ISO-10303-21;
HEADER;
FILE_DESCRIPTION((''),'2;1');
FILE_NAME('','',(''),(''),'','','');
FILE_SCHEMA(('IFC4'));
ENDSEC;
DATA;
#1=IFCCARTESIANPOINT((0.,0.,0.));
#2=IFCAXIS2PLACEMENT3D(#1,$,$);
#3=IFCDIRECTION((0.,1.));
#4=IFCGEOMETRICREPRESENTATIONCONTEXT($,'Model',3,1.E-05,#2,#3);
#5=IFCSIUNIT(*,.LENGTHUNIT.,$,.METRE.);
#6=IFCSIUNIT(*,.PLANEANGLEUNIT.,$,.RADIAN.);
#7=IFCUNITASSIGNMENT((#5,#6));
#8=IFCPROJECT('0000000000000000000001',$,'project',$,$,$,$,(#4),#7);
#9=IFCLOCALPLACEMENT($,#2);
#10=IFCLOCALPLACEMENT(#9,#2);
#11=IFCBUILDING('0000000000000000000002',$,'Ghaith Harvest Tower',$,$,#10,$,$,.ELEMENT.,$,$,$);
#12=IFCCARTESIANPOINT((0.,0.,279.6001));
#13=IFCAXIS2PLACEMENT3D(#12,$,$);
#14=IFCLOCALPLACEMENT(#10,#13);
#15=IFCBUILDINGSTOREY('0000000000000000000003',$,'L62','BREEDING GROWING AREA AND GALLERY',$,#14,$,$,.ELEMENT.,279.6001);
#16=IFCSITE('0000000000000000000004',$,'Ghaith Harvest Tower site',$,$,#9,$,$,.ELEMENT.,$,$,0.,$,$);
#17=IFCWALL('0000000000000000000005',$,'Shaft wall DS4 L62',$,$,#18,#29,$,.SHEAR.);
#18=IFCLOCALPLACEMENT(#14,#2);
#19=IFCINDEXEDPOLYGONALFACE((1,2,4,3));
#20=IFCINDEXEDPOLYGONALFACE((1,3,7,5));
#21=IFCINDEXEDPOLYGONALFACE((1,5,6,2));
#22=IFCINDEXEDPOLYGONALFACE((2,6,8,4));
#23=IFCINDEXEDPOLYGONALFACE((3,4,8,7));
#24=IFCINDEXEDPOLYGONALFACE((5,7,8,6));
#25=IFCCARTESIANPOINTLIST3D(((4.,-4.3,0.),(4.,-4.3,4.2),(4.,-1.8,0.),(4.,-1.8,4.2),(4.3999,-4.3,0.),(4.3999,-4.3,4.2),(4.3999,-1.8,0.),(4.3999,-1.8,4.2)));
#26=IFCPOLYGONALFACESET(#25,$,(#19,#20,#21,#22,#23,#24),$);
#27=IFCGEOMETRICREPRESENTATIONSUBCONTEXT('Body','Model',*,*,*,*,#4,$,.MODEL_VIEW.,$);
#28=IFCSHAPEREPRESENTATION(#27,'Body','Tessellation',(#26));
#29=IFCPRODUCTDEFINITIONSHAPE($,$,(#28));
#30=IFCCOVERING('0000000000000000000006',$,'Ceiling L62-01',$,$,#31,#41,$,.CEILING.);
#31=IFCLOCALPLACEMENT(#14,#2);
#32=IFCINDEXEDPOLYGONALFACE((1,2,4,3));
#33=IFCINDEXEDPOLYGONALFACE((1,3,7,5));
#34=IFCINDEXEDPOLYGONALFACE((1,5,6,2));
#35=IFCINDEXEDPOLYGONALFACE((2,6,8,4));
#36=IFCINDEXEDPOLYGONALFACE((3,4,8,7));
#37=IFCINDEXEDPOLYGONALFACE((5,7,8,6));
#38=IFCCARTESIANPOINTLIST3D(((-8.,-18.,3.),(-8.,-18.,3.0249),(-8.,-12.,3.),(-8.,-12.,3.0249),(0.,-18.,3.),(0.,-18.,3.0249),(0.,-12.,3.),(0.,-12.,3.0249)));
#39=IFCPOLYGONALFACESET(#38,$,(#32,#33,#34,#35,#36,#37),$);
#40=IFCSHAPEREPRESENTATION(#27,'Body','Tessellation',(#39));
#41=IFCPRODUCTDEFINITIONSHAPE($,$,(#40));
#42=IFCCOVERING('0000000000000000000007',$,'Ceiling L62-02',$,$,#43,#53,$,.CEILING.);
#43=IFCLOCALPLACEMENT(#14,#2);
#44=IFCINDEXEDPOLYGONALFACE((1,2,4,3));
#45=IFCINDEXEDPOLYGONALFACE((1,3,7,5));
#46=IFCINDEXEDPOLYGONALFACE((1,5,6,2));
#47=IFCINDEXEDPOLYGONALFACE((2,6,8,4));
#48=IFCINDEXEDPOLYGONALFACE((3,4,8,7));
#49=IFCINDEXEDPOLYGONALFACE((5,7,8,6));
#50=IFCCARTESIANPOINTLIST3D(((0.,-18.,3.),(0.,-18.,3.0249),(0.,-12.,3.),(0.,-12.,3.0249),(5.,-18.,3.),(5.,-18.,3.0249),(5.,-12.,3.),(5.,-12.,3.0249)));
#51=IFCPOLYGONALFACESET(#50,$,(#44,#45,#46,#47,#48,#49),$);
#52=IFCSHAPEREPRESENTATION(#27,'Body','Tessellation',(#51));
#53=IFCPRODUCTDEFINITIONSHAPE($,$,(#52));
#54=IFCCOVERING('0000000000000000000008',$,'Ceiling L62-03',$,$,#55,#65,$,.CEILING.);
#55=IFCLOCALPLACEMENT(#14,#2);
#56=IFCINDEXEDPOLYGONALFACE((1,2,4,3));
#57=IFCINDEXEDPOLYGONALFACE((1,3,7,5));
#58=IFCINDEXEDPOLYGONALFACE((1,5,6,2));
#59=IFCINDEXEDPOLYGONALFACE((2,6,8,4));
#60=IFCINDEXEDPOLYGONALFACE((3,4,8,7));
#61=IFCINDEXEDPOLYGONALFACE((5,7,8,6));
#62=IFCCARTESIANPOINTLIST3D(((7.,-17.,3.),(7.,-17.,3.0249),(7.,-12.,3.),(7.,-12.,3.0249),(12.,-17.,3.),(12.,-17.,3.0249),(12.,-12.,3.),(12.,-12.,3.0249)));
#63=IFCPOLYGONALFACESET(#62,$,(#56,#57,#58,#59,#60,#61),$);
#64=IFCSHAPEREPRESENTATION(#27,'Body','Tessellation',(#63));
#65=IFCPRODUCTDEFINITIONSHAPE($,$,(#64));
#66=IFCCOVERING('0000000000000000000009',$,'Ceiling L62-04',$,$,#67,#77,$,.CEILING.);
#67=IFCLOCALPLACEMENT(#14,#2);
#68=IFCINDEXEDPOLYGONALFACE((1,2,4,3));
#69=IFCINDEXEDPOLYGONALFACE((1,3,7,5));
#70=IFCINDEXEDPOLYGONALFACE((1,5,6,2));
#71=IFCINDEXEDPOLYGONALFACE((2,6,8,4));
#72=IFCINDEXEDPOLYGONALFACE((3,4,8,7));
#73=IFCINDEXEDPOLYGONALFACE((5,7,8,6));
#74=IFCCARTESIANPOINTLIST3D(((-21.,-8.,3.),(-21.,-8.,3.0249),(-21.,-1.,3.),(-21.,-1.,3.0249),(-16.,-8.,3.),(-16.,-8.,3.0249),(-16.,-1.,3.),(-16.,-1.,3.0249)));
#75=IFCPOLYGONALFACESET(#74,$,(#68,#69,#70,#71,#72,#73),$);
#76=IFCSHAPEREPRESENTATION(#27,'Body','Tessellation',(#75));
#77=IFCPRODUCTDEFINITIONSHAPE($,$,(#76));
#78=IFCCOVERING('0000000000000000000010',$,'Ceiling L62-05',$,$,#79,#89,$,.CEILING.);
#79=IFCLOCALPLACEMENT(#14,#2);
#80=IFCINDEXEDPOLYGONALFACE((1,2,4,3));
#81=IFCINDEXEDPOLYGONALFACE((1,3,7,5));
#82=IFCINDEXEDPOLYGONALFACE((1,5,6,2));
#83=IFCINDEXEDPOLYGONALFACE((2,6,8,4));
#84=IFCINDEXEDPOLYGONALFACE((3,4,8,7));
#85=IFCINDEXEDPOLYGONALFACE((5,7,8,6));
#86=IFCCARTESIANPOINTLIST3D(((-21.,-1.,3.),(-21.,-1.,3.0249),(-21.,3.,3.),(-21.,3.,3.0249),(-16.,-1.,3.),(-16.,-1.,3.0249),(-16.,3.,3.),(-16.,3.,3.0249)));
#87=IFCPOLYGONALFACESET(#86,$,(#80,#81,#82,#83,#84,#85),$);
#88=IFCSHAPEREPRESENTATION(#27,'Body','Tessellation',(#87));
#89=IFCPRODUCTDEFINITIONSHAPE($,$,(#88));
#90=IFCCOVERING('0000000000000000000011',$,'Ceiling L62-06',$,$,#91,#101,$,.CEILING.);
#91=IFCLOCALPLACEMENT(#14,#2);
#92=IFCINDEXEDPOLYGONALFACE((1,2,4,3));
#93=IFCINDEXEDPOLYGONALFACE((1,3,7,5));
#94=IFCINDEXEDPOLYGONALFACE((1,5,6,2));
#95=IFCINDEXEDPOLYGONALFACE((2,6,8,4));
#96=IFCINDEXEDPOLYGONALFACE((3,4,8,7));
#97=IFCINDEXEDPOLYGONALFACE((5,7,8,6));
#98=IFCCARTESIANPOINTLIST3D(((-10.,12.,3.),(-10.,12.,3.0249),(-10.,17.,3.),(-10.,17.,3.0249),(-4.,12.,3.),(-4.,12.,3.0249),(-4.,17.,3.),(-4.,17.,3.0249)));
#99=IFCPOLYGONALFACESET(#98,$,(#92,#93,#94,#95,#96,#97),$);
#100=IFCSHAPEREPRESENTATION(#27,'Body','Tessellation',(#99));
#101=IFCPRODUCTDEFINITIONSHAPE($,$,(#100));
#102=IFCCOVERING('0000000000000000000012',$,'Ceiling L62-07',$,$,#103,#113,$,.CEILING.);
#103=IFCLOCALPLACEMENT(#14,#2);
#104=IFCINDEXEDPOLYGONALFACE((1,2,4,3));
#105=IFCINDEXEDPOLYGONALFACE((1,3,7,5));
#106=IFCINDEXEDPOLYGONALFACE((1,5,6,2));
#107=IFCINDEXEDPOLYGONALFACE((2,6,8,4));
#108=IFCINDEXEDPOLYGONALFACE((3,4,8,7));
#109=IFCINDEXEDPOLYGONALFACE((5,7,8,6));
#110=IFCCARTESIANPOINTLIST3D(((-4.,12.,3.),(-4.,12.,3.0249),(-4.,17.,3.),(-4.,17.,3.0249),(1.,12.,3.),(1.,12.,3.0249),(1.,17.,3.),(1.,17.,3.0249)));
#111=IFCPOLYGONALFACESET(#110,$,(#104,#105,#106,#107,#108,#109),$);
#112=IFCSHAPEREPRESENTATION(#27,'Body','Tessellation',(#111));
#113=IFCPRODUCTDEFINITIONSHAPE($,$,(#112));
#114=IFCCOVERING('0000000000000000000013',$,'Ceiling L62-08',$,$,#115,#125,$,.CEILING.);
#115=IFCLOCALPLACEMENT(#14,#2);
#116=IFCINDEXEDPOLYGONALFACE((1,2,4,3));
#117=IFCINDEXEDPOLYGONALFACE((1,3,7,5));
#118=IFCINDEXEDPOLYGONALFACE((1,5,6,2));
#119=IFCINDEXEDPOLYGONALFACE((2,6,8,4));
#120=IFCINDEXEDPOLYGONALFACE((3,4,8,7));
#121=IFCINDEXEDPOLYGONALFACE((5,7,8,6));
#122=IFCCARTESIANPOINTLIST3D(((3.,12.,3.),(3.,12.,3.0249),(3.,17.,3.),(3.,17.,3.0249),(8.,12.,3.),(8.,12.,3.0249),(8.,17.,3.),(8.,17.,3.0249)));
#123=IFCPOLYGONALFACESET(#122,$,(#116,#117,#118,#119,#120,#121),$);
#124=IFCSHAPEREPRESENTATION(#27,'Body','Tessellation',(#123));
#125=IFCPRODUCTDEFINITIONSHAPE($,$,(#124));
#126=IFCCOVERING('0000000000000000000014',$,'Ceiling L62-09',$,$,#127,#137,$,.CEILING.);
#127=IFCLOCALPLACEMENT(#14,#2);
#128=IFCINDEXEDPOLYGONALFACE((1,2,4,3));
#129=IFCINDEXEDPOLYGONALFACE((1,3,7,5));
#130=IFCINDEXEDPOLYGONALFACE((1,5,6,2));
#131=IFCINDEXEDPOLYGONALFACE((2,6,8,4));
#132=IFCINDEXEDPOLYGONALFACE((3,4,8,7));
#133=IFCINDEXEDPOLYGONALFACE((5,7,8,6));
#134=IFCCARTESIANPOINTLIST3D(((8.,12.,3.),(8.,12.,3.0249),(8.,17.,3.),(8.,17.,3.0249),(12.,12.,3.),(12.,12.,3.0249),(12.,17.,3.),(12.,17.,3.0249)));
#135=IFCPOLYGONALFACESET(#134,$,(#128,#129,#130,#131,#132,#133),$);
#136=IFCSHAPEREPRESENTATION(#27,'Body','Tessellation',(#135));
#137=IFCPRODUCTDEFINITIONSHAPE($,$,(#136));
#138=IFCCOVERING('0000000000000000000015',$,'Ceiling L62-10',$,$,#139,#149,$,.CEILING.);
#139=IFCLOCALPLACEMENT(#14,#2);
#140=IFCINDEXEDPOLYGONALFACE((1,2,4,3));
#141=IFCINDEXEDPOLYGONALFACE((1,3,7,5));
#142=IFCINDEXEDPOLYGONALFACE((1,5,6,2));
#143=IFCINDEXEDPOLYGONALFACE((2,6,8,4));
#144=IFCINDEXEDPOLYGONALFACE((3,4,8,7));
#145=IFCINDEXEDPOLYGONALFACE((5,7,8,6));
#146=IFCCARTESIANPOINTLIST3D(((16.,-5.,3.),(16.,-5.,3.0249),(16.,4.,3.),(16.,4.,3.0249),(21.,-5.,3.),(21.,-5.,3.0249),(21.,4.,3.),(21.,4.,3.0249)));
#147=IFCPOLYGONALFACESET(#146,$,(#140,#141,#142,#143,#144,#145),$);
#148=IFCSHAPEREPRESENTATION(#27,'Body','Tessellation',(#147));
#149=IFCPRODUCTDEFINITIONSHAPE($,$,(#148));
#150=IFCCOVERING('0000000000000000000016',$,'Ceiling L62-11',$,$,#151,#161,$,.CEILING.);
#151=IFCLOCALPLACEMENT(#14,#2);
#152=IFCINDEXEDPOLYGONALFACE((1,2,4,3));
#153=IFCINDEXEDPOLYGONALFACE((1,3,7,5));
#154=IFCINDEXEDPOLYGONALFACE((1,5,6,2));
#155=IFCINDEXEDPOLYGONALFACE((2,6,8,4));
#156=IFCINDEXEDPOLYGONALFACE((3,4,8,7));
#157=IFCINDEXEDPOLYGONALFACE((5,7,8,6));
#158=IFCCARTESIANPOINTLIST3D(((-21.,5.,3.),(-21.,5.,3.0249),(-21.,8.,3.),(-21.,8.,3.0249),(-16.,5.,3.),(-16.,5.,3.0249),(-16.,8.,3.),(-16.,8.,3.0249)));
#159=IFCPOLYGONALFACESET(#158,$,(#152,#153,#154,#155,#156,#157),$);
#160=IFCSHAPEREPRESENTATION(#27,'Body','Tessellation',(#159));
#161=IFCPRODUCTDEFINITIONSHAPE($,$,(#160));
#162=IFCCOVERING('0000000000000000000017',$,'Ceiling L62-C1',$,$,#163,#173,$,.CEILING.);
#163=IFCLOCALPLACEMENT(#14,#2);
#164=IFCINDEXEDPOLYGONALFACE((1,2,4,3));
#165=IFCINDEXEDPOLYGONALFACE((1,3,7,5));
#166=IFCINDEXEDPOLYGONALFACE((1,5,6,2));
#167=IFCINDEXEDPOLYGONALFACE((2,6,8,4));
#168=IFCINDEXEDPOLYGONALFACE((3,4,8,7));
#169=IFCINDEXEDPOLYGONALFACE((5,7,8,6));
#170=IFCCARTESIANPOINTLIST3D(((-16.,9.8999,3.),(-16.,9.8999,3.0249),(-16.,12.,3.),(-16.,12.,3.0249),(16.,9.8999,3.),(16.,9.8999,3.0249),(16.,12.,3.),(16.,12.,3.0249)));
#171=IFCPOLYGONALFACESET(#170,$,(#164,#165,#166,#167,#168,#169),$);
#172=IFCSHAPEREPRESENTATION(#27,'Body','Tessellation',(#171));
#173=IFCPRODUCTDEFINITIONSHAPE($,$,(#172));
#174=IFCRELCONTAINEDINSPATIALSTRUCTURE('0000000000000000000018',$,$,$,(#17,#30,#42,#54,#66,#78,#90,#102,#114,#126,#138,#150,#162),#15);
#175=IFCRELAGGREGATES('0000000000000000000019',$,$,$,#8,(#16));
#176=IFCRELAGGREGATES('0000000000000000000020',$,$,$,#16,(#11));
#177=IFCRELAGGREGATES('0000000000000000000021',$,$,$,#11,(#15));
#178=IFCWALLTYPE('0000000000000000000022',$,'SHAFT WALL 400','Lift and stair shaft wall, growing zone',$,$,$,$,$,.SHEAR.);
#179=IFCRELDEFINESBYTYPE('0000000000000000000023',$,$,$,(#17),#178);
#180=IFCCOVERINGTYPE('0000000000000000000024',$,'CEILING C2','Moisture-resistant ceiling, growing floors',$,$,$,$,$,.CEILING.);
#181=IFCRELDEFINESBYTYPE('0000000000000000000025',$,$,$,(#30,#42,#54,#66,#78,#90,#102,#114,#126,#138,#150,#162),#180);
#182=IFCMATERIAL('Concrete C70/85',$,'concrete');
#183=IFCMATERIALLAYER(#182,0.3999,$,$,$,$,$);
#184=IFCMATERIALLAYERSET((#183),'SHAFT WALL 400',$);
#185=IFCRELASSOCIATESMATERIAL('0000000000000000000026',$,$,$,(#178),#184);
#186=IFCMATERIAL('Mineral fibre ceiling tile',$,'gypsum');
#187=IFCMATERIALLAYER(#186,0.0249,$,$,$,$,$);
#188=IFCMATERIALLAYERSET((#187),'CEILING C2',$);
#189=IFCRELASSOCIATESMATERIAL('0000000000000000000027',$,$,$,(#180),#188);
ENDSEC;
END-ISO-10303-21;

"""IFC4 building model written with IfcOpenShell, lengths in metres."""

from ifc_helpers import new_model, si_unit, direction, frame, frame_2d, origin, place, context, subcontext, project, spatial, polyline, rectangle, outline, extrude, material, layer, layer_set, type_object, element, save


model = new_model("IFC4")

# Units and contexts
model_context = context("Model", 3, precision=1e-05, world=origin(), true_north=direction((0.0, 1.0)))
body_context = subcontext(model_context, "Body", "Model", "MODEL_VIEW")
ifc_project = project(units=[si_unit("LENGTHUNIT", "METRE"), si_unit("PLANEANGLEUNIT", "RADIAN")], contexts=[model_context])

# Site, building, storey
site_placement = place(None, origin())
site = spatial("IfcSite", under=ifc_project, at=site_placement, Name="Ghaith Harvest Tower site", CompositionType="ELEMENT", RefElevation=0.0)
building_placement = place(site_placement, origin())
building = spatial("IfcBuilding", under=site, at=building_placement, Name="Ghaith Harvest Tower", CompositionType="ELEMENT")
storey_placement = place(building_placement, frame((0.0, 0.0, 279.6001)))
storey = spatial("IfcBuildingStorey", under=building, at=storey_placement, Name="L62", Description="BREEDING GROWING AREA AND GALLERY", CompositionType="ELEMENT", Elevation=279.6001)

# Shared definitions
ifc_material_1 = material(Name="Concrete C70/85", Category="concrete")
ifc_layer_1 = layer(ifc_material_1, 0.3999)
ifc_layer_set_1 = layer_set([ifc_layer_1], Name="SHAFT WALL 400")
wall_type_1 = type_object("IfcWallType", Name="SHAFT WALL 400", Description="Lift and stair shaft wall, growing zone", PredefinedType="SHEAR", material=ifc_layer_set_1)

# Wall
wall_1_placement = place(storey_placement, frame((4.2, -4.3, 0.0), z_axis=(0.0, 0.0, 1.0), x_axis=(0.0, 1.0, 0.0)))
element("IfcWall", 1, at=wall_1_placement, inside=storey, type_object=wall_type_1, Name="Shaft wall DS4 L62", PredefinedType="SHEAR", context=body_context, shape_type="SweptSolid", body=[
    extrude(rectangle(XDim=2.5, YDim=0.3999, at=frame_2d((1.25, 0.0))), origin(), (0.0, 0.0, 1.0), 4.2),
])

# Coverings
ifc_material_2 = material(Name="Mineral fibre ceiling tile", Category="gypsum")
ifc_layer_2 = layer(ifc_material_2, 0.0249)
ifc_layer_set_2 = layer_set([ifc_layer_2], Name="CEILING C2")
covering_type = type_object("IfcCoveringType", Name="CEILING C2", Description="Moisture-resistant ceiling, growing floors", PredefinedType="CEILING", material=ifc_layer_set_2)
covering_1_placement = place(storey_placement, frame((0.0, 0.0, 3.0)))
element("IfcCovering", 2, at=covering_1_placement, inside=storey, type_object=covering_type, Name="Ceiling L62-01", PredefinedType="CEILING", context=body_context, shape_type="SweptSolid", body=[
    extrude(outline(polyline([(-8.0, -18.0), (0.0, -18.0), (0.0, -12.0), (-8.0, -12.0), (-8.0, -18.0)])), origin(), (0.0, 0.0, 1.0), 0.0249),
])
covering_2_placement = place(storey_placement, frame((0.0, 0.0, 3.0)))
element("IfcCovering", 3, at=covering_2_placement, inside=storey, type_object=covering_type, Name="Ceiling L62-02", PredefinedType="CEILING", context=body_context, shape_type="SweptSolid", body=[
    extrude(outline(polyline([(0.0, -18.0), (5.0, -18.0), (5.0, -12.0), (0.0, -12.0), (0.0, -18.0)])), origin(), (0.0, 0.0, 1.0), 0.0249),
])
covering_3_placement = place(storey_placement, frame((0.0, 0.0, 3.0)))
element("IfcCovering", 4, at=covering_3_placement, inside=storey, type_object=covering_type, Name="Ceiling L62-03", PredefinedType="CEILING", context=body_context, shape_type="SweptSolid", body=[
    extrude(outline(polyline([(7.0, -17.0), (12.0, -17.0), (12.0, -12.0), (7.0, -12.0), (7.0, -17.0)])), origin(), (0.0, 0.0, 1.0), 0.0249),
])
covering_4_placement = place(storey_placement, frame((0.0, 0.0, 3.0)))
element("IfcCovering", 5, at=covering_4_placement, inside=storey, type_object=covering_type, Name="Ceiling L62-04", PredefinedType="CEILING", context=body_context, shape_type="SweptSolid", body=[
    extrude(outline(polyline([(-21.0, -8.0), (-16.0, -8.0), (-16.0, -1.0), (-21.0, -1.0), (-21.0, -8.0)])), origin(), (0.0, 0.0, 1.0), 0.0249),
])
covering_5_placement = place(storey_placement, frame((0.0, 0.0, 3.0)))
element("IfcCovering", 6, at=covering_5_placement, inside=storey, type_object=covering_type, Name="Ceiling L62-05", PredefinedType="CEILING", context=body_context, shape_type="SweptSolid", body=[
    extrude(outline(polyline([(-21.0, -1.0), (-16.0, -1.0), (-16.0, 3.0), (-21.0, 3.0), (-21.0, -1.0)])), origin(), (0.0, 0.0, 1.0), 0.0249),
])
covering_6_placement = place(storey_placement, frame((0.0, 0.0, 3.0)))
element("IfcCovering", 7, at=covering_6_placement, inside=storey, type_object=covering_type, Name="Ceiling L62-06", PredefinedType="CEILING", context=body_context, shape_type="SweptSolid", body=[
    extrude(outline(polyline([(-10.0, 12.0), (-4.0, 12.0), (-4.0, 17.0), (-10.0, 17.0), (-10.0, 12.0)])), origin(), (0.0, 0.0, 1.0), 0.0249),
])
covering_7_placement = place(storey_placement, frame((0.0, 0.0, 3.0)))
element("IfcCovering", 8, at=covering_7_placement, inside=storey, type_object=covering_type, Name="Ceiling L62-07", PredefinedType="CEILING", context=body_context, shape_type="SweptSolid", body=[
    extrude(outline(polyline([(-4.0, 12.0), (1.0, 12.0), (1.0, 17.0), (-4.0, 17.0), (-4.0, 12.0)])), origin(), (0.0, 0.0, 1.0), 0.0249),
])
covering_8_placement = place(storey_placement, frame((0.0, 0.0, 3.0)))
element("IfcCovering", 9, at=covering_8_placement, inside=storey, type_object=covering_type, Name="Ceiling L62-08", PredefinedType="CEILING", context=body_context, shape_type="SweptSolid", body=[
    extrude(outline(polyline([(3.0, 12.0), (8.0, 12.0), (8.0, 17.0), (3.0, 17.0), (3.0, 12.0)])), origin(), (0.0, 0.0, 1.0), 0.0249),
])
covering_9_placement = place(storey_placement, frame((0.0, 0.0, 3.0)))
element("IfcCovering", 10, at=covering_9_placement, inside=storey, type_object=covering_type, Name="Ceiling L62-09", PredefinedType="CEILING", context=body_context, shape_type="SweptSolid", body=[
    extrude(outline(polyline([(8.0, 12.0), (12.0, 12.0), (12.0, 17.0), (8.0, 17.0), (8.0, 12.0)])), origin(), (0.0, 0.0, 1.0), 0.0249),
])
covering_10_placement = place(storey_placement, frame((0.0, 0.0, 3.0)))
element("IfcCovering", 11, at=covering_10_placement, inside=storey, type_object=covering_type, Name="Ceiling L62-10", PredefinedType="CEILING", context=body_context, shape_type="SweptSolid", body=[
    extrude(outline(polyline([(16.0, -5.0), (21.0, -5.0), (21.0, 4.0), (16.0, 4.0), (16.0, -5.0)])), origin(), (0.0, 0.0, 1.0), 0.0249),
])
covering_11_placement = place(storey_placement, frame((0.0, 0.0, 3.0)))
element("IfcCovering", 12, at=covering_11_placement, inside=storey, type_object=covering_type, Name="Ceiling L62-11", PredefinedType="CEILING", context=body_context, shape_type="SweptSolid", body=[
    extrude(outline(polyline([(-21.0, 5.0), (-16.0, 5.0), (-16.0, 8.0), (-21.0, 8.0), (-21.0, 5.0)])), origin(), (0.0, 0.0, 1.0), 0.0249),
])
covering_12_placement = place(storey_placement, frame((0.0, 0.0, 3.0)))
element("IfcCovering", 13, at=covering_12_placement, inside=storey, type_object=covering_type, Name="Ceiling L62-C1", PredefinedType="CEILING", context=body_context, shape_type="SweptSolid", body=[
    extrude(outline(polyline([(16.0, 9.8999), (-16.0, 9.8999), (-16.0, 12.0), (16.0, 12.0), (16.0, 9.8999)])), origin(), (0.0, 0.0, 1.0), 0.0249),
])

save(model, "model.ifc")
